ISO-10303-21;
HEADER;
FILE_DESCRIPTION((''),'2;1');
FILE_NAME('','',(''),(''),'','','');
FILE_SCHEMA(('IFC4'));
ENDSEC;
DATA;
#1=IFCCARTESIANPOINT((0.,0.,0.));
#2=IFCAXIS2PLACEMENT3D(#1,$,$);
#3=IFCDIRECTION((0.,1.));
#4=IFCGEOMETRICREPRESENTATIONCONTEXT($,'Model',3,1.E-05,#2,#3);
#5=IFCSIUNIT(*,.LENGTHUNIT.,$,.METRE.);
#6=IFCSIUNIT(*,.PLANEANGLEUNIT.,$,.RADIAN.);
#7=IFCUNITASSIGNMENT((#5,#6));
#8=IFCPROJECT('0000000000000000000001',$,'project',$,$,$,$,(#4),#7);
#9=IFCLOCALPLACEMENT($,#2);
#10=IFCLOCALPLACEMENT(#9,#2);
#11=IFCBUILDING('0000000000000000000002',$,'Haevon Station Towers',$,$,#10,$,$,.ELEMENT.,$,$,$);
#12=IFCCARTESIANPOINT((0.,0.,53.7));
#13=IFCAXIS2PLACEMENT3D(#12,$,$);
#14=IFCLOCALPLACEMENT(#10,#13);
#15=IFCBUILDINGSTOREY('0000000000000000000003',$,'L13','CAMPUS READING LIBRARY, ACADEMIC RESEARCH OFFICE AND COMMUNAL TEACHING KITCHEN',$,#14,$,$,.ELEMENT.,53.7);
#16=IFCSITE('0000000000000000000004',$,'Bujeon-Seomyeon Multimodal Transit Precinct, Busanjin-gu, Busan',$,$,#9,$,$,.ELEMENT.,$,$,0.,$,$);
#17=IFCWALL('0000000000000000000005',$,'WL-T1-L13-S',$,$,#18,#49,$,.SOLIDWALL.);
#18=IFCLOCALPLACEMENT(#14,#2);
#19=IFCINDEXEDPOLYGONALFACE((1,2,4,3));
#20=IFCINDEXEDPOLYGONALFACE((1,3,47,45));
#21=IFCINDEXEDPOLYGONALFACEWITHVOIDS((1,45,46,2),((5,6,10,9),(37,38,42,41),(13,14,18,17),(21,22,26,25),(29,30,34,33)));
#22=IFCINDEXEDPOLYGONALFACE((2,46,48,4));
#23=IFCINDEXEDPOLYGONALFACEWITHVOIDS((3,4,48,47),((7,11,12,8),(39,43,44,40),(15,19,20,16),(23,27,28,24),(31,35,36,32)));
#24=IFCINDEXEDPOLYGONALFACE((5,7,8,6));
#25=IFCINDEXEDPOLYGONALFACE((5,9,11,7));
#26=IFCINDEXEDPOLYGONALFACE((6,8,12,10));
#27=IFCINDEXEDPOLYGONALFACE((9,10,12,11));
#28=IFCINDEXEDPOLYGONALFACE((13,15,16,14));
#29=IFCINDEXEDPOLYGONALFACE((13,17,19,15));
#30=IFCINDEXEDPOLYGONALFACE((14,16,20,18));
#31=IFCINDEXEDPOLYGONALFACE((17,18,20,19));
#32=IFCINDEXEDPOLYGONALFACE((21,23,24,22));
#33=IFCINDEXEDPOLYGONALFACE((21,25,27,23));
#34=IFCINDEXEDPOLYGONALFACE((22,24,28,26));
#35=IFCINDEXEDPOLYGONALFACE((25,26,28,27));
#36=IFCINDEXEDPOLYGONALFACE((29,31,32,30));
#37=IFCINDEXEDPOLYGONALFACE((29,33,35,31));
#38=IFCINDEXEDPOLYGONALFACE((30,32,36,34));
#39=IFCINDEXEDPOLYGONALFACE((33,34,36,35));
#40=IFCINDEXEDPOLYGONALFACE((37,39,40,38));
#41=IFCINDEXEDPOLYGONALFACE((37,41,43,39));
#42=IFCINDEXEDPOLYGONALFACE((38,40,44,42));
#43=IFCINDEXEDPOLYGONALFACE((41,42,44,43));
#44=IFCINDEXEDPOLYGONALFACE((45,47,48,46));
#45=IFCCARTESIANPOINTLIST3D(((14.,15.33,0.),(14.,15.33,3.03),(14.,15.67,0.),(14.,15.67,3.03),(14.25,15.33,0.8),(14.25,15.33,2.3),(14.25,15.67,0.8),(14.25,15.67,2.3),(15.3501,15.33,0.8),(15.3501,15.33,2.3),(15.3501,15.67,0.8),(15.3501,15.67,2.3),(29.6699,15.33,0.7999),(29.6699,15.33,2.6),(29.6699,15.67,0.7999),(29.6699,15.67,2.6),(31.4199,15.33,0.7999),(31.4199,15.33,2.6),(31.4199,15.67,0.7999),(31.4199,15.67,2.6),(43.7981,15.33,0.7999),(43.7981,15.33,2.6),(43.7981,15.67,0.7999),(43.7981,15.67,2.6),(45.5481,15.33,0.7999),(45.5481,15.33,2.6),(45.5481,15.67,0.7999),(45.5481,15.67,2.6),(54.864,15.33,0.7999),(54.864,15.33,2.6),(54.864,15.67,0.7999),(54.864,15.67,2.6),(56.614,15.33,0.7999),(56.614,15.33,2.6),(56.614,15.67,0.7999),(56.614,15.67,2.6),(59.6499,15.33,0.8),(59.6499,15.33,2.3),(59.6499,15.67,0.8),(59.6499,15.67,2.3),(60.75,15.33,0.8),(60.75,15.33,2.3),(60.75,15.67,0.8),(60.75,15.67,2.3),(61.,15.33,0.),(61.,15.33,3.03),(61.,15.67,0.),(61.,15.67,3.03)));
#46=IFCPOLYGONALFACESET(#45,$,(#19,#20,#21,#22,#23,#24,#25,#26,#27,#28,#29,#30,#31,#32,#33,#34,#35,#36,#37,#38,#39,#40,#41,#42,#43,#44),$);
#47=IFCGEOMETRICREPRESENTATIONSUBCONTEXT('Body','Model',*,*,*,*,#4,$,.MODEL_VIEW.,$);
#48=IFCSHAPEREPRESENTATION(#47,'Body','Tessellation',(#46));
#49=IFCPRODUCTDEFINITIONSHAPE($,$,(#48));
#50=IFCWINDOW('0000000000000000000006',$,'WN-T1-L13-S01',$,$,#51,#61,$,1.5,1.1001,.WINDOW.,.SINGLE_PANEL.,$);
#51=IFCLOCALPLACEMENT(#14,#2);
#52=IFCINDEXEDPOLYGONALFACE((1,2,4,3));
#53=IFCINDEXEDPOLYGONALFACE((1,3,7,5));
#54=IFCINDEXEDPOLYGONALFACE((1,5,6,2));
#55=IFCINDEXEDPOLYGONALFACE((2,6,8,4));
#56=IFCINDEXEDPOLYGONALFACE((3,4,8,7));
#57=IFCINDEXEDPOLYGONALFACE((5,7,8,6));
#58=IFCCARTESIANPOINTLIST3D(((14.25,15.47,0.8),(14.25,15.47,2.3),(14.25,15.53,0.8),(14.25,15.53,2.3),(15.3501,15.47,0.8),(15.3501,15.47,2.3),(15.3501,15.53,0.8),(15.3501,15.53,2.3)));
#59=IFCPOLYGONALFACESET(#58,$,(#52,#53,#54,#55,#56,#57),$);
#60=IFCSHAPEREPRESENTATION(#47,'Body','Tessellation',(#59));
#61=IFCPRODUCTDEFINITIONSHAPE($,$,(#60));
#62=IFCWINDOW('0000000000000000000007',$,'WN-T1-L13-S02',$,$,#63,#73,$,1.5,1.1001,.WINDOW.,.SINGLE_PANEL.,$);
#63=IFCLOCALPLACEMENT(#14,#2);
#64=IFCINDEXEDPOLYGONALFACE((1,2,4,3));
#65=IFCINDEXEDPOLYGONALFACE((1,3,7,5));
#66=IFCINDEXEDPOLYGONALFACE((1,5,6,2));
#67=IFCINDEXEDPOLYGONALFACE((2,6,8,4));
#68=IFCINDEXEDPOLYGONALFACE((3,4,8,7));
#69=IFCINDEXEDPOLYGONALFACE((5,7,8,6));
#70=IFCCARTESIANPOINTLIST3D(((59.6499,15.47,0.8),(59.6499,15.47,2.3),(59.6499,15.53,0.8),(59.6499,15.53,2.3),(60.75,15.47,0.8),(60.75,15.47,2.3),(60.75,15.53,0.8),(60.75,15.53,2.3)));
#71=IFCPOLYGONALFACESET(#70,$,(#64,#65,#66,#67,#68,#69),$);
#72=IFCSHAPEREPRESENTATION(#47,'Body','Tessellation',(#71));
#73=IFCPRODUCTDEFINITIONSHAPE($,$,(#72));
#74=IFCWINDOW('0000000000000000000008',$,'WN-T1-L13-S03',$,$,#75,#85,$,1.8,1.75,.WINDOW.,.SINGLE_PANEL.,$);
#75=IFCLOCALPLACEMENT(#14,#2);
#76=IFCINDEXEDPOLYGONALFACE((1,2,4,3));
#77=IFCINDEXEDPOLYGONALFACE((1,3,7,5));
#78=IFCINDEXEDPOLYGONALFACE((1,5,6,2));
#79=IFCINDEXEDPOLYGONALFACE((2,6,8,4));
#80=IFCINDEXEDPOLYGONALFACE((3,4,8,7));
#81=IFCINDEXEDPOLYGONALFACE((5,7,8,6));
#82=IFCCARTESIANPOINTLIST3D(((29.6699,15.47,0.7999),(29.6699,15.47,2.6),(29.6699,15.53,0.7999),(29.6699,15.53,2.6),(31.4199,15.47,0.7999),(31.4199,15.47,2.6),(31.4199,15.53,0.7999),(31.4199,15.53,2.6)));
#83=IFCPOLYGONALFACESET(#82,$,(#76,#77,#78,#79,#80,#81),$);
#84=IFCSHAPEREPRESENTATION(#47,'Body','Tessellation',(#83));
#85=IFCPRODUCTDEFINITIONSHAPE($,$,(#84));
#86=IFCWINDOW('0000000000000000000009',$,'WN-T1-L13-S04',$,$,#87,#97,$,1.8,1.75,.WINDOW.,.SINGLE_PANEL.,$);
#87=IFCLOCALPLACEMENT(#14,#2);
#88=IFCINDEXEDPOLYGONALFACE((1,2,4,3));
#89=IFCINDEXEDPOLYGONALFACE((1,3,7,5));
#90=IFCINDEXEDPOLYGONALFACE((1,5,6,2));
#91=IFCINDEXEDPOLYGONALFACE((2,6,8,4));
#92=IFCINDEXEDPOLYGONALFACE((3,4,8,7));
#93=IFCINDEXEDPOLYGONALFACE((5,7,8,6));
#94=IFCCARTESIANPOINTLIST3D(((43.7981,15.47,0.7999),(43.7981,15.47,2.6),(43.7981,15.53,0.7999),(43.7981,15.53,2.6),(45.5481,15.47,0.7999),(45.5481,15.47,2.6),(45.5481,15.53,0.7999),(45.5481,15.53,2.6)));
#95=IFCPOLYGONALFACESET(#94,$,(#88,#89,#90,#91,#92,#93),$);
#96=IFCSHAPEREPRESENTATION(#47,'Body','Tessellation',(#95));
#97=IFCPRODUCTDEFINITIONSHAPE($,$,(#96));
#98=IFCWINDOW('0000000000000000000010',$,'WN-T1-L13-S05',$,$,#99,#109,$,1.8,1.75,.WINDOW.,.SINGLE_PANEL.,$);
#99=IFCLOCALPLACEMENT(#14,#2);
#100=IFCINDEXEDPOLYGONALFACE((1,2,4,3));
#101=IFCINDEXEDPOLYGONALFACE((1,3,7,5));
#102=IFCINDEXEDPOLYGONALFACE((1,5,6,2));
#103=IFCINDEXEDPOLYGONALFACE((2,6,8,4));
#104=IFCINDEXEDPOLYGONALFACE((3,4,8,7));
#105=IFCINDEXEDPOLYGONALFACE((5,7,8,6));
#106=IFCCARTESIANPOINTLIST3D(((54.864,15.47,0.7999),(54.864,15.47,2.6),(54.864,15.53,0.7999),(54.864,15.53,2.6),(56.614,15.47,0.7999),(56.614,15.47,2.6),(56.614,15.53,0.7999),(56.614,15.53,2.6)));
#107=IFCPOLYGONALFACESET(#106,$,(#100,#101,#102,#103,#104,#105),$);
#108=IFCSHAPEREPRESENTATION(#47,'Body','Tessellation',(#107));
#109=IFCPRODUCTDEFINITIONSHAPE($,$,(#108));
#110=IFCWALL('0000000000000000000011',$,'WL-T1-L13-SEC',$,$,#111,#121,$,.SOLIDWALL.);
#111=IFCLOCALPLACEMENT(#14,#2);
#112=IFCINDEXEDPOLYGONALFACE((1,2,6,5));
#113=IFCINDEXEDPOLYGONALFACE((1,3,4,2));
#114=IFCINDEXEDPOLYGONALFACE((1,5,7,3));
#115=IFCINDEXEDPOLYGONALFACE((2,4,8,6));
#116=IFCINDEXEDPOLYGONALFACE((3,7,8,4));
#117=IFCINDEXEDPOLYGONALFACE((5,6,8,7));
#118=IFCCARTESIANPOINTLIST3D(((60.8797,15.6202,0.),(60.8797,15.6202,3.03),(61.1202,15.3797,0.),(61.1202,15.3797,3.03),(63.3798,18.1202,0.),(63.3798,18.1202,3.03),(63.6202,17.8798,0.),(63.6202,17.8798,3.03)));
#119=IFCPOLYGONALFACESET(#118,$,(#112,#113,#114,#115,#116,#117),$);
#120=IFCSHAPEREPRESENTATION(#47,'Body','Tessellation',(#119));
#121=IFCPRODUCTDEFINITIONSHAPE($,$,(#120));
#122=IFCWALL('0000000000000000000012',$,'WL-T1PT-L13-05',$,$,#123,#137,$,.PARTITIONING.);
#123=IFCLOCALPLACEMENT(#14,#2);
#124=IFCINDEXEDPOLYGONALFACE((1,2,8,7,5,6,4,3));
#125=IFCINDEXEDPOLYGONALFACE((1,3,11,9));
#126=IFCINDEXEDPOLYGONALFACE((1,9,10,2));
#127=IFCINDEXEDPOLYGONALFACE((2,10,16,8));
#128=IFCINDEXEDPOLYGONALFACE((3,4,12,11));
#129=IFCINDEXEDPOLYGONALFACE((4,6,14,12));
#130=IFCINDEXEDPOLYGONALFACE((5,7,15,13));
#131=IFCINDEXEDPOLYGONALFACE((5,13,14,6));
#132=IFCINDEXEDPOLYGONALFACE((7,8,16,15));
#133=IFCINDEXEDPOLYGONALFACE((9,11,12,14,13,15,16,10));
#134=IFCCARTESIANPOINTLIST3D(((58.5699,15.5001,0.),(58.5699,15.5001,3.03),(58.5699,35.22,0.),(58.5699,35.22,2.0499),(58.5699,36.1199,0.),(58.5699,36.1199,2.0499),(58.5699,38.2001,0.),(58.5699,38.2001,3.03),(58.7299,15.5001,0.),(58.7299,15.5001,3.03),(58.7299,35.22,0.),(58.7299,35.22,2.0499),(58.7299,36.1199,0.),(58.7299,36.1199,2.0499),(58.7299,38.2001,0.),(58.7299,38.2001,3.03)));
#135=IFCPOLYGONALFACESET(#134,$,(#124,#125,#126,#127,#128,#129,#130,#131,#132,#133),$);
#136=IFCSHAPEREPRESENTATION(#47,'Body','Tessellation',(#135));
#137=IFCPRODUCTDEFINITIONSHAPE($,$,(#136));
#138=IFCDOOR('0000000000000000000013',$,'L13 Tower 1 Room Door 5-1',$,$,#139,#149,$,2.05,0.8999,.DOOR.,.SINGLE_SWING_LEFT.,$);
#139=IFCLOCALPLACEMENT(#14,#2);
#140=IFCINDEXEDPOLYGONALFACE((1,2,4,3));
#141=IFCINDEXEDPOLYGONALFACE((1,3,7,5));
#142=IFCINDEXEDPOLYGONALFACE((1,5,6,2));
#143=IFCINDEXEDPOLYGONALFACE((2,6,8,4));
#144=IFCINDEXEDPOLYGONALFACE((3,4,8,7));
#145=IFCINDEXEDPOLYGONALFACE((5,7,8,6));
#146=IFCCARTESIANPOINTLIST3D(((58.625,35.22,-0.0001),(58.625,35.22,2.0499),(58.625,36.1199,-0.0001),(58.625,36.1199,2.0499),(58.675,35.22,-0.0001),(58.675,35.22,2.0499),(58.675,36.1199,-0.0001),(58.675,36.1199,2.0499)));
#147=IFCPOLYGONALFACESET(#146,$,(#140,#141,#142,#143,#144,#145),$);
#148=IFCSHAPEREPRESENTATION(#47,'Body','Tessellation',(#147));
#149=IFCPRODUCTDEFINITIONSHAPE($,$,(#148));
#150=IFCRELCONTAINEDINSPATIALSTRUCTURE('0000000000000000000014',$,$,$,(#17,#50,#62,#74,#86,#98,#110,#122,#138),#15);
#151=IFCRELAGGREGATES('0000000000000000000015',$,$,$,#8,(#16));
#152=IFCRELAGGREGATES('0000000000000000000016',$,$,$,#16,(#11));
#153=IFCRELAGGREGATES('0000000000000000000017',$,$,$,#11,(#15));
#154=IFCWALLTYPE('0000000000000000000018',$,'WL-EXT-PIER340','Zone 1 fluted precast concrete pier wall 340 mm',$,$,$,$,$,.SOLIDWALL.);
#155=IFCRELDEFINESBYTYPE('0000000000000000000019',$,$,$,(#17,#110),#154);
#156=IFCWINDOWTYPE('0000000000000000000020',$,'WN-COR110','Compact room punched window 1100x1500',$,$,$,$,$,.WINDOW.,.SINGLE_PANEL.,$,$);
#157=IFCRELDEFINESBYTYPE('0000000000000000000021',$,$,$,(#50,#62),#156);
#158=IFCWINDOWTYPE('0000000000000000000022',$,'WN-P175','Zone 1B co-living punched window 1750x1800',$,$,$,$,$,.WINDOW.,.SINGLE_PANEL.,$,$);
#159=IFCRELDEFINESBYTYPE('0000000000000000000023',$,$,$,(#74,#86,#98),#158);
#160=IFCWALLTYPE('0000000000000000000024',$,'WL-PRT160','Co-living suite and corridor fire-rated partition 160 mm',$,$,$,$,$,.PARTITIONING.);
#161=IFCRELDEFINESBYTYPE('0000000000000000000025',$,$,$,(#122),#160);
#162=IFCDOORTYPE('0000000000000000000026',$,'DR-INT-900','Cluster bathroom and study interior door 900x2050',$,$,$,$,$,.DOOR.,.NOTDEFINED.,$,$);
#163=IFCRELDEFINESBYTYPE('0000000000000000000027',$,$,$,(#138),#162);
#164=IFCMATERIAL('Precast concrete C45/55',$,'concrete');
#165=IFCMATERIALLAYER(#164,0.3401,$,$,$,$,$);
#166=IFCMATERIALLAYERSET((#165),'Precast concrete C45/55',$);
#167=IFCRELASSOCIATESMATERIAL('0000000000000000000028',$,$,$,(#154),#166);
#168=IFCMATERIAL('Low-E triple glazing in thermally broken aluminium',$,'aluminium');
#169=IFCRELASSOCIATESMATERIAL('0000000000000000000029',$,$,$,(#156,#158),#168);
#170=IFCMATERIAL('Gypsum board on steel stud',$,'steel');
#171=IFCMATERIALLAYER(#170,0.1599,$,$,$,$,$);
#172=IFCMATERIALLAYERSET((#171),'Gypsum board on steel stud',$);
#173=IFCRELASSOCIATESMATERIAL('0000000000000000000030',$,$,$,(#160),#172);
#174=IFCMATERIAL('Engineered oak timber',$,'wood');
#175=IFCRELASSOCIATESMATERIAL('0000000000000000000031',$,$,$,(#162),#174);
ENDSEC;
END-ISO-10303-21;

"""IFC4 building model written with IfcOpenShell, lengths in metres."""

from ifc_helpers import new_model, si_unit, direction, frame, frame_2d, origin, place, context, subcontext, project, spatial, rectangle, extrude, material, layer, layer_set, type_object, element, fill, save


model = new_model("IFC4")

# Units and contexts
model_context = context("Model", 3, precision=1e-05, world=origin(), true_north=direction((0.0, 1.0)))
body_context = subcontext(model_context, "Body", "Model", "MODEL_VIEW")
ifc_project = project(units=[si_unit("LENGTHUNIT", "METRE"), si_unit("PLANEANGLEUNIT", "RADIAN")], contexts=[model_context])

# Site, building, storey
site_placement = place(None, origin())
site = spatial("IfcSite", under=ifc_project, at=site_placement, Name="Bujeon-Seomyeon Multimodal Transit Precinct, Busanjin-gu, Busan", CompositionType="ELEMENT", RefElevation=0.0)
building_placement = place(site_placement, origin())
building = spatial("IfcBuilding", under=site, at=building_placement, Name="Haevon Station Towers", CompositionType="ELEMENT")
storey_placement = place(building_placement, frame((0.0, 0.0, 53.7)))
storey = spatial("IfcBuildingStorey", under=building, at=storey_placement, Name="L13", Description="CAMPUS READING LIBRARY, ACADEMIC RESEARCH OFFICE AND COMMUNAL TEACHING KITCHEN", CompositionType="ELEMENT", Elevation=53.7)

# Wall, openings, windows
ifc_material_1 = material(Name="Precast concrete C45/55", Category="concrete")
ifc_layer_1 = layer(ifc_material_1, 0.3401)
ifc_layer_set_1 = layer_set([ifc_layer_1], Name="Precast concrete C45/55")
wall_type_1 = type_object("IfcWallType", Name="WL-EXT-PIER340", Description="Zone 1 fluted precast concrete pier wall 340 mm", PredefinedType="SOLIDWALL", material=ifc_layer_set_1)
wall_1_placement = place(storey_placement, frame((61.0, 15.5, 0.0), z_axis=(0.0, 0.0, 1.0), x_axis=(-1.0, 0.0, 0.0)))
wall_1 = element("IfcWall", 1, at=wall_1_placement, inside=storey, type_object=wall_type_1, Name="WL-T1-L13-S", PredefinedType="SOLIDWALL", context=body_context, shape_type="SweptSolid", body=[
    extrude(rectangle(XDim=47.0, YDim=0.3401, at=frame_2d((23.5, 0.0))), origin(), (0.0, 0.0, 1.0), 3.03),
])
opening_1_placement = place(wall_1_placement, frame((45.6499, 0.0, 0.8)))
opening_1 = element("IfcOpeningElement", 2, at=opening_1_placement, cuts=wall_1, PredefinedType="OPENING", context=body_context, shape_type="SweptSolid", body=[
    extrude(rectangle(XDim=1.1001, YDim=1.5, at=frame_2d((0.55, 0.75))), frame((0.0, 0.1799, 0.0), z_axis=(0.0, -1.0, 0.0), x_axis=(1.0, 0.0, 0.0)), (0.0, 0.0, 1.0), 0.3601),
])
opening_2_placement = place(wall_1_placement, frame((0.25, 0.0, 0.8)))
opening_2 = element("IfcOpeningElement", 3, at=opening_2_placement, cuts=wall_1, PredefinedType="OPENING", context=body_context, shape_type="SweptSolid", body=[
    extrude(rectangle(XDim=1.1001, YDim=1.5, at=frame_2d((0.55, 0.75))), frame((0.0, 0.1799, 0.0), z_axis=(0.0, -1.0, 0.0), x_axis=(1.0, 0.0, 0.0)), (0.0, 0.0, 1.0), 0.3601),
])
opening_3_placement = place(wall_1_placement, frame((29.5801, 0.0, 0.8)))
opening_3 = element("IfcOpeningElement", 4, at=opening_3_placement, cuts=wall_1, PredefinedType="OPENING", context=body_context, shape_type="SweptSolid", body=[
    extrude(rectangle(XDim=1.75, YDim=1.8, at=frame_2d((0.875, 0.8999))), frame((0.0, 0.1799, 0.0), z_axis=(0.0, -1.0, 0.0), x_axis=(1.0, 0.0, 0.0)), (0.0, 0.0, 1.0), 0.3601),
])
opening_4_placement = place(wall_1_placement, frame((15.4519, 0.0, 0.8)))
opening_4 = element("IfcOpeningElement", 5, at=opening_4_placement, cuts=wall_1, PredefinedType="OPENING", context=body_context, shape_type="SweptSolid", body=[
    extrude(rectangle(XDim=1.75, YDim=1.8, at=frame_2d((0.875, 0.8999))), frame((0.0, 0.1799, 0.0), z_axis=(0.0, -1.0, 0.0), x_axis=(1.0, 0.0, 0.0)), (0.0, 0.0, 1.0), 0.3601),
])
opening_5_placement = place(wall_1_placement, frame((4.386, 0.0, 0.8)))
opening_5 = element("IfcOpeningElement", 6, at=opening_5_placement, cuts=wall_1, PredefinedType="OPENING", context=body_context, shape_type="SweptSolid", body=[
    extrude(rectangle(XDim=1.75, YDim=1.8, at=frame_2d((0.875, 0.8999))), frame((0.0, 0.1799, 0.0), z_axis=(0.0, -1.0, 0.0), x_axis=(1.0, 0.0, 0.0)), (0.0, 0.0, 1.0), 0.3601),
])
ifc_material_2 = material(Name="Low-E triple glazing in thermally broken aluminium", Category="aluminium")
window_type_1 = type_object("IfcWindowType", Name="WN-COR110", Description="Compact room punched window 1100x1500", PartitioningType="SINGLE_PANEL", PredefinedType="WINDOW", material=ifc_material_2)
window_1_placement = place(opening_1_placement, origin())
window_1 = element("IfcWindow", 7, at=window_1_placement, inside=storey, type_object=window_type_1, Name="WN-T1-L13-S01", OverallHeight=1.5, OverallWidth=1.1001, PartitioningType="SINGLE_PANEL", PredefinedType="WINDOW", context=body_context, shape_type="SweptSolid", body=[
    extrude(rectangle(XDim=1.1001, YDim=1.5, at=frame_2d((0.55, 0.75))), frame((0.0, 0.03, 0.0), z_axis=(0.0, -1.0, 0.0), x_axis=(1.0, 0.0, 0.0)), (0.0, 0.0, 1.0), 0.0601),
])
fill(opening_1, window_1)
window_2_placement = place(opening_2_placement, origin())
window_2 = element("IfcWindow", 8, at=window_2_placement, inside=storey, type_object=window_type_1, Name="WN-T1-L13-S02", OverallHeight=1.5, OverallWidth=1.1001, PartitioningType="SINGLE_PANEL", PredefinedType="WINDOW", context=body_context, shape_type="SweptSolid", body=[
    extrude(rectangle(XDim=1.1001, YDim=1.5, at=frame_2d((0.55, 0.75))), frame((0.0, 0.03, 0.0), z_axis=(0.0, -1.0, 0.0), x_axis=(1.0, 0.0, 0.0)), (0.0, 0.0, 1.0), 0.0601),
])
fill(opening_2, window_2)
window_type_2 = type_object("IfcWindowType", Name="WN-P175", Description="Zone 1B co-living punched window 1750x1800", PartitioningType="SINGLE_PANEL", PredefinedType="WINDOW", material=ifc_material_2)
window_3_placement = place(opening_3_placement, origin())
window_3 = element("IfcWindow", 9, at=window_3_placement, inside=storey, type_object=window_type_2, Name="WN-T1-L13-S03", OverallHeight=1.8, OverallWidth=1.75, PartitioningType="SINGLE_PANEL", PredefinedType="WINDOW", context=body_context, shape_type="SweptSolid", body=[
    extrude(rectangle(XDim=1.75, YDim=1.8, at=frame_2d((0.875, 0.8999))), frame((0.0, 0.03, 0.0), z_axis=(0.0, -1.0, 0.0), x_axis=(1.0, 0.0, 0.0)), (0.0, 0.0, 1.0), 0.0601),
])
fill(opening_3, window_3)
window_4_placement = place(opening_4_placement, origin())
window_4 = element("IfcWindow", 10, at=window_4_placement, inside=storey, type_object=window_type_2, Name="WN-T1-L13-S04", OverallHeight=1.8, OverallWidth=1.75, PartitioningType="SINGLE_PANEL", PredefinedType="WINDOW", context=body_context, shape_type="SweptSolid", body=[
    extrude(rectangle(XDim=1.75, YDim=1.8, at=frame_2d((0.875, 0.8999))), frame((0.0, 0.03, 0.0), z_axis=(0.0, -1.0, 0.0), x_axis=(1.0, 0.0, 0.0)), (0.0, 0.0, 1.0), 0.0601),
])
fill(opening_4, window_4)
window_5_placement = place(opening_5_placement, origin())
window_5 = element("IfcWindow", 11, at=window_5_placement, inside=storey, type_object=window_type_2, Name="WN-T1-L13-S05", OverallHeight=1.8, OverallWidth=1.75, PartitioningType="SINGLE_PANEL", PredefinedType="WINDOW", context=body_context, shape_type="SweptSolid", body=[
    extrude(rectangle(XDim=1.75, YDim=1.8, at=frame_2d((0.875, 0.8999))), frame((0.0, 0.03, 0.0), z_axis=(0.0, -1.0, 0.0), x_axis=(1.0, 0.0, 0.0)), (0.0, 0.0, 1.0), 0.0601),
])
fill(opening_5, window_5)

# Wall
wall_2_placement = place(storey_placement, frame((63.5, 18.0, 0.0), z_axis=(0.0, 0.0, 1.0), x_axis=(-0.707107, -0.707107, 0.0)))
element("IfcWall", 12, at=wall_2_placement, inside=storey, type_object=wall_type_1, Name="WL-T1-L13-SEC", PredefinedType="SOLIDWALL", context=body_context, shape_type="SweptSolid", body=[
    extrude(rectangle(XDim=3.5356, YDim=0.3401, at=frame_2d((1.7678, 0.0))), origin(), (0.0, 0.0, 1.0), 3.03),
])

# Wall, opening, door
ifc_material_3 = material(Name="Gypsum board on steel stud", Category="steel")
ifc_layer_2 = layer(ifc_material_3, 0.1599)
ifc_layer_set_2 = layer_set([ifc_layer_2], Name="Gypsum board on steel stud")
wall_type_2 = type_object("IfcWallType", Name="WL-PRT160", Description="Co-living suite and corridor fire-rated partition 160 mm", PredefinedType="PARTITIONING", material=ifc_layer_set_2)
wall_3_placement = place(storey_placement, frame((58.6499, 15.5, 0.0), z_axis=(0.0, 0.0, 1.0), x_axis=(0.0, 1.0, 0.0)))
wall_3 = element("IfcWall", 13, at=wall_3_placement, inside=storey, type_object=wall_type_2, Name="WL-T1PT-L13-05", PredefinedType="PARTITIONING", context=body_context, shape_type="SweptSolid", body=[
    extrude(rectangle(XDim=22.7, YDim=0.1599, at=frame_2d((11.3501, 0.0))), origin(), (0.0, 0.0, 1.0), 3.03),
])
opening_6_placement = place(wall_3_placement, frame((19.72, 0.0, 0.0)))
opening_6 = element("IfcOpeningElement", 14, at=opening_6_placement, cuts=wall_3, PredefinedType="OPENING", context=body_context, shape_type="SweptSolid", body=[
    extrude(rectangle(XDim=0.8999, YDim=2.05, at=frame_2d((0.45, 1.0249))), frame((0.0, 0.0898, 0.0), z_axis=(0.0, -1.0, 0.0), x_axis=(1.0, 0.0, 0.0)), (0.0, 0.0, 1.0), 0.1799),
])
ifc_material_4 = material(Name="Engineered oak timber", Category="wood")
door_type = type_object("IfcDoorType", Name="DR-INT-900", Description="Cluster bathroom and study interior door 900x2050", OperationType="NOTDEFINED", PredefinedType="DOOR", material=ifc_material_4)
door_placement = place(opening_6_placement, origin())
door = element("IfcDoor", 15, at=door_placement, inside=storey, type_object=door_type, Name="L13 Tower 1 Room Door 5-1", OperationType="SINGLE_SWING_LEFT", OverallHeight=2.05, OverallWidth=0.8999, PredefinedType="DOOR", context=body_context, shape_type="SweptSolid", body=[
    extrude(rectangle(XDim=0.8999, YDim=2.05, at=frame_2d((0.45, 1.0249))), frame((0.0, 0.0249, 0.0), z_axis=(0.0, -1.0, 0.0), x_axis=(1.0, 0.0, 0.0)), (0.0, 0.0, 1.0), 0.05),
])
fill(opening_6, door)

save(model, "model.ifc")
